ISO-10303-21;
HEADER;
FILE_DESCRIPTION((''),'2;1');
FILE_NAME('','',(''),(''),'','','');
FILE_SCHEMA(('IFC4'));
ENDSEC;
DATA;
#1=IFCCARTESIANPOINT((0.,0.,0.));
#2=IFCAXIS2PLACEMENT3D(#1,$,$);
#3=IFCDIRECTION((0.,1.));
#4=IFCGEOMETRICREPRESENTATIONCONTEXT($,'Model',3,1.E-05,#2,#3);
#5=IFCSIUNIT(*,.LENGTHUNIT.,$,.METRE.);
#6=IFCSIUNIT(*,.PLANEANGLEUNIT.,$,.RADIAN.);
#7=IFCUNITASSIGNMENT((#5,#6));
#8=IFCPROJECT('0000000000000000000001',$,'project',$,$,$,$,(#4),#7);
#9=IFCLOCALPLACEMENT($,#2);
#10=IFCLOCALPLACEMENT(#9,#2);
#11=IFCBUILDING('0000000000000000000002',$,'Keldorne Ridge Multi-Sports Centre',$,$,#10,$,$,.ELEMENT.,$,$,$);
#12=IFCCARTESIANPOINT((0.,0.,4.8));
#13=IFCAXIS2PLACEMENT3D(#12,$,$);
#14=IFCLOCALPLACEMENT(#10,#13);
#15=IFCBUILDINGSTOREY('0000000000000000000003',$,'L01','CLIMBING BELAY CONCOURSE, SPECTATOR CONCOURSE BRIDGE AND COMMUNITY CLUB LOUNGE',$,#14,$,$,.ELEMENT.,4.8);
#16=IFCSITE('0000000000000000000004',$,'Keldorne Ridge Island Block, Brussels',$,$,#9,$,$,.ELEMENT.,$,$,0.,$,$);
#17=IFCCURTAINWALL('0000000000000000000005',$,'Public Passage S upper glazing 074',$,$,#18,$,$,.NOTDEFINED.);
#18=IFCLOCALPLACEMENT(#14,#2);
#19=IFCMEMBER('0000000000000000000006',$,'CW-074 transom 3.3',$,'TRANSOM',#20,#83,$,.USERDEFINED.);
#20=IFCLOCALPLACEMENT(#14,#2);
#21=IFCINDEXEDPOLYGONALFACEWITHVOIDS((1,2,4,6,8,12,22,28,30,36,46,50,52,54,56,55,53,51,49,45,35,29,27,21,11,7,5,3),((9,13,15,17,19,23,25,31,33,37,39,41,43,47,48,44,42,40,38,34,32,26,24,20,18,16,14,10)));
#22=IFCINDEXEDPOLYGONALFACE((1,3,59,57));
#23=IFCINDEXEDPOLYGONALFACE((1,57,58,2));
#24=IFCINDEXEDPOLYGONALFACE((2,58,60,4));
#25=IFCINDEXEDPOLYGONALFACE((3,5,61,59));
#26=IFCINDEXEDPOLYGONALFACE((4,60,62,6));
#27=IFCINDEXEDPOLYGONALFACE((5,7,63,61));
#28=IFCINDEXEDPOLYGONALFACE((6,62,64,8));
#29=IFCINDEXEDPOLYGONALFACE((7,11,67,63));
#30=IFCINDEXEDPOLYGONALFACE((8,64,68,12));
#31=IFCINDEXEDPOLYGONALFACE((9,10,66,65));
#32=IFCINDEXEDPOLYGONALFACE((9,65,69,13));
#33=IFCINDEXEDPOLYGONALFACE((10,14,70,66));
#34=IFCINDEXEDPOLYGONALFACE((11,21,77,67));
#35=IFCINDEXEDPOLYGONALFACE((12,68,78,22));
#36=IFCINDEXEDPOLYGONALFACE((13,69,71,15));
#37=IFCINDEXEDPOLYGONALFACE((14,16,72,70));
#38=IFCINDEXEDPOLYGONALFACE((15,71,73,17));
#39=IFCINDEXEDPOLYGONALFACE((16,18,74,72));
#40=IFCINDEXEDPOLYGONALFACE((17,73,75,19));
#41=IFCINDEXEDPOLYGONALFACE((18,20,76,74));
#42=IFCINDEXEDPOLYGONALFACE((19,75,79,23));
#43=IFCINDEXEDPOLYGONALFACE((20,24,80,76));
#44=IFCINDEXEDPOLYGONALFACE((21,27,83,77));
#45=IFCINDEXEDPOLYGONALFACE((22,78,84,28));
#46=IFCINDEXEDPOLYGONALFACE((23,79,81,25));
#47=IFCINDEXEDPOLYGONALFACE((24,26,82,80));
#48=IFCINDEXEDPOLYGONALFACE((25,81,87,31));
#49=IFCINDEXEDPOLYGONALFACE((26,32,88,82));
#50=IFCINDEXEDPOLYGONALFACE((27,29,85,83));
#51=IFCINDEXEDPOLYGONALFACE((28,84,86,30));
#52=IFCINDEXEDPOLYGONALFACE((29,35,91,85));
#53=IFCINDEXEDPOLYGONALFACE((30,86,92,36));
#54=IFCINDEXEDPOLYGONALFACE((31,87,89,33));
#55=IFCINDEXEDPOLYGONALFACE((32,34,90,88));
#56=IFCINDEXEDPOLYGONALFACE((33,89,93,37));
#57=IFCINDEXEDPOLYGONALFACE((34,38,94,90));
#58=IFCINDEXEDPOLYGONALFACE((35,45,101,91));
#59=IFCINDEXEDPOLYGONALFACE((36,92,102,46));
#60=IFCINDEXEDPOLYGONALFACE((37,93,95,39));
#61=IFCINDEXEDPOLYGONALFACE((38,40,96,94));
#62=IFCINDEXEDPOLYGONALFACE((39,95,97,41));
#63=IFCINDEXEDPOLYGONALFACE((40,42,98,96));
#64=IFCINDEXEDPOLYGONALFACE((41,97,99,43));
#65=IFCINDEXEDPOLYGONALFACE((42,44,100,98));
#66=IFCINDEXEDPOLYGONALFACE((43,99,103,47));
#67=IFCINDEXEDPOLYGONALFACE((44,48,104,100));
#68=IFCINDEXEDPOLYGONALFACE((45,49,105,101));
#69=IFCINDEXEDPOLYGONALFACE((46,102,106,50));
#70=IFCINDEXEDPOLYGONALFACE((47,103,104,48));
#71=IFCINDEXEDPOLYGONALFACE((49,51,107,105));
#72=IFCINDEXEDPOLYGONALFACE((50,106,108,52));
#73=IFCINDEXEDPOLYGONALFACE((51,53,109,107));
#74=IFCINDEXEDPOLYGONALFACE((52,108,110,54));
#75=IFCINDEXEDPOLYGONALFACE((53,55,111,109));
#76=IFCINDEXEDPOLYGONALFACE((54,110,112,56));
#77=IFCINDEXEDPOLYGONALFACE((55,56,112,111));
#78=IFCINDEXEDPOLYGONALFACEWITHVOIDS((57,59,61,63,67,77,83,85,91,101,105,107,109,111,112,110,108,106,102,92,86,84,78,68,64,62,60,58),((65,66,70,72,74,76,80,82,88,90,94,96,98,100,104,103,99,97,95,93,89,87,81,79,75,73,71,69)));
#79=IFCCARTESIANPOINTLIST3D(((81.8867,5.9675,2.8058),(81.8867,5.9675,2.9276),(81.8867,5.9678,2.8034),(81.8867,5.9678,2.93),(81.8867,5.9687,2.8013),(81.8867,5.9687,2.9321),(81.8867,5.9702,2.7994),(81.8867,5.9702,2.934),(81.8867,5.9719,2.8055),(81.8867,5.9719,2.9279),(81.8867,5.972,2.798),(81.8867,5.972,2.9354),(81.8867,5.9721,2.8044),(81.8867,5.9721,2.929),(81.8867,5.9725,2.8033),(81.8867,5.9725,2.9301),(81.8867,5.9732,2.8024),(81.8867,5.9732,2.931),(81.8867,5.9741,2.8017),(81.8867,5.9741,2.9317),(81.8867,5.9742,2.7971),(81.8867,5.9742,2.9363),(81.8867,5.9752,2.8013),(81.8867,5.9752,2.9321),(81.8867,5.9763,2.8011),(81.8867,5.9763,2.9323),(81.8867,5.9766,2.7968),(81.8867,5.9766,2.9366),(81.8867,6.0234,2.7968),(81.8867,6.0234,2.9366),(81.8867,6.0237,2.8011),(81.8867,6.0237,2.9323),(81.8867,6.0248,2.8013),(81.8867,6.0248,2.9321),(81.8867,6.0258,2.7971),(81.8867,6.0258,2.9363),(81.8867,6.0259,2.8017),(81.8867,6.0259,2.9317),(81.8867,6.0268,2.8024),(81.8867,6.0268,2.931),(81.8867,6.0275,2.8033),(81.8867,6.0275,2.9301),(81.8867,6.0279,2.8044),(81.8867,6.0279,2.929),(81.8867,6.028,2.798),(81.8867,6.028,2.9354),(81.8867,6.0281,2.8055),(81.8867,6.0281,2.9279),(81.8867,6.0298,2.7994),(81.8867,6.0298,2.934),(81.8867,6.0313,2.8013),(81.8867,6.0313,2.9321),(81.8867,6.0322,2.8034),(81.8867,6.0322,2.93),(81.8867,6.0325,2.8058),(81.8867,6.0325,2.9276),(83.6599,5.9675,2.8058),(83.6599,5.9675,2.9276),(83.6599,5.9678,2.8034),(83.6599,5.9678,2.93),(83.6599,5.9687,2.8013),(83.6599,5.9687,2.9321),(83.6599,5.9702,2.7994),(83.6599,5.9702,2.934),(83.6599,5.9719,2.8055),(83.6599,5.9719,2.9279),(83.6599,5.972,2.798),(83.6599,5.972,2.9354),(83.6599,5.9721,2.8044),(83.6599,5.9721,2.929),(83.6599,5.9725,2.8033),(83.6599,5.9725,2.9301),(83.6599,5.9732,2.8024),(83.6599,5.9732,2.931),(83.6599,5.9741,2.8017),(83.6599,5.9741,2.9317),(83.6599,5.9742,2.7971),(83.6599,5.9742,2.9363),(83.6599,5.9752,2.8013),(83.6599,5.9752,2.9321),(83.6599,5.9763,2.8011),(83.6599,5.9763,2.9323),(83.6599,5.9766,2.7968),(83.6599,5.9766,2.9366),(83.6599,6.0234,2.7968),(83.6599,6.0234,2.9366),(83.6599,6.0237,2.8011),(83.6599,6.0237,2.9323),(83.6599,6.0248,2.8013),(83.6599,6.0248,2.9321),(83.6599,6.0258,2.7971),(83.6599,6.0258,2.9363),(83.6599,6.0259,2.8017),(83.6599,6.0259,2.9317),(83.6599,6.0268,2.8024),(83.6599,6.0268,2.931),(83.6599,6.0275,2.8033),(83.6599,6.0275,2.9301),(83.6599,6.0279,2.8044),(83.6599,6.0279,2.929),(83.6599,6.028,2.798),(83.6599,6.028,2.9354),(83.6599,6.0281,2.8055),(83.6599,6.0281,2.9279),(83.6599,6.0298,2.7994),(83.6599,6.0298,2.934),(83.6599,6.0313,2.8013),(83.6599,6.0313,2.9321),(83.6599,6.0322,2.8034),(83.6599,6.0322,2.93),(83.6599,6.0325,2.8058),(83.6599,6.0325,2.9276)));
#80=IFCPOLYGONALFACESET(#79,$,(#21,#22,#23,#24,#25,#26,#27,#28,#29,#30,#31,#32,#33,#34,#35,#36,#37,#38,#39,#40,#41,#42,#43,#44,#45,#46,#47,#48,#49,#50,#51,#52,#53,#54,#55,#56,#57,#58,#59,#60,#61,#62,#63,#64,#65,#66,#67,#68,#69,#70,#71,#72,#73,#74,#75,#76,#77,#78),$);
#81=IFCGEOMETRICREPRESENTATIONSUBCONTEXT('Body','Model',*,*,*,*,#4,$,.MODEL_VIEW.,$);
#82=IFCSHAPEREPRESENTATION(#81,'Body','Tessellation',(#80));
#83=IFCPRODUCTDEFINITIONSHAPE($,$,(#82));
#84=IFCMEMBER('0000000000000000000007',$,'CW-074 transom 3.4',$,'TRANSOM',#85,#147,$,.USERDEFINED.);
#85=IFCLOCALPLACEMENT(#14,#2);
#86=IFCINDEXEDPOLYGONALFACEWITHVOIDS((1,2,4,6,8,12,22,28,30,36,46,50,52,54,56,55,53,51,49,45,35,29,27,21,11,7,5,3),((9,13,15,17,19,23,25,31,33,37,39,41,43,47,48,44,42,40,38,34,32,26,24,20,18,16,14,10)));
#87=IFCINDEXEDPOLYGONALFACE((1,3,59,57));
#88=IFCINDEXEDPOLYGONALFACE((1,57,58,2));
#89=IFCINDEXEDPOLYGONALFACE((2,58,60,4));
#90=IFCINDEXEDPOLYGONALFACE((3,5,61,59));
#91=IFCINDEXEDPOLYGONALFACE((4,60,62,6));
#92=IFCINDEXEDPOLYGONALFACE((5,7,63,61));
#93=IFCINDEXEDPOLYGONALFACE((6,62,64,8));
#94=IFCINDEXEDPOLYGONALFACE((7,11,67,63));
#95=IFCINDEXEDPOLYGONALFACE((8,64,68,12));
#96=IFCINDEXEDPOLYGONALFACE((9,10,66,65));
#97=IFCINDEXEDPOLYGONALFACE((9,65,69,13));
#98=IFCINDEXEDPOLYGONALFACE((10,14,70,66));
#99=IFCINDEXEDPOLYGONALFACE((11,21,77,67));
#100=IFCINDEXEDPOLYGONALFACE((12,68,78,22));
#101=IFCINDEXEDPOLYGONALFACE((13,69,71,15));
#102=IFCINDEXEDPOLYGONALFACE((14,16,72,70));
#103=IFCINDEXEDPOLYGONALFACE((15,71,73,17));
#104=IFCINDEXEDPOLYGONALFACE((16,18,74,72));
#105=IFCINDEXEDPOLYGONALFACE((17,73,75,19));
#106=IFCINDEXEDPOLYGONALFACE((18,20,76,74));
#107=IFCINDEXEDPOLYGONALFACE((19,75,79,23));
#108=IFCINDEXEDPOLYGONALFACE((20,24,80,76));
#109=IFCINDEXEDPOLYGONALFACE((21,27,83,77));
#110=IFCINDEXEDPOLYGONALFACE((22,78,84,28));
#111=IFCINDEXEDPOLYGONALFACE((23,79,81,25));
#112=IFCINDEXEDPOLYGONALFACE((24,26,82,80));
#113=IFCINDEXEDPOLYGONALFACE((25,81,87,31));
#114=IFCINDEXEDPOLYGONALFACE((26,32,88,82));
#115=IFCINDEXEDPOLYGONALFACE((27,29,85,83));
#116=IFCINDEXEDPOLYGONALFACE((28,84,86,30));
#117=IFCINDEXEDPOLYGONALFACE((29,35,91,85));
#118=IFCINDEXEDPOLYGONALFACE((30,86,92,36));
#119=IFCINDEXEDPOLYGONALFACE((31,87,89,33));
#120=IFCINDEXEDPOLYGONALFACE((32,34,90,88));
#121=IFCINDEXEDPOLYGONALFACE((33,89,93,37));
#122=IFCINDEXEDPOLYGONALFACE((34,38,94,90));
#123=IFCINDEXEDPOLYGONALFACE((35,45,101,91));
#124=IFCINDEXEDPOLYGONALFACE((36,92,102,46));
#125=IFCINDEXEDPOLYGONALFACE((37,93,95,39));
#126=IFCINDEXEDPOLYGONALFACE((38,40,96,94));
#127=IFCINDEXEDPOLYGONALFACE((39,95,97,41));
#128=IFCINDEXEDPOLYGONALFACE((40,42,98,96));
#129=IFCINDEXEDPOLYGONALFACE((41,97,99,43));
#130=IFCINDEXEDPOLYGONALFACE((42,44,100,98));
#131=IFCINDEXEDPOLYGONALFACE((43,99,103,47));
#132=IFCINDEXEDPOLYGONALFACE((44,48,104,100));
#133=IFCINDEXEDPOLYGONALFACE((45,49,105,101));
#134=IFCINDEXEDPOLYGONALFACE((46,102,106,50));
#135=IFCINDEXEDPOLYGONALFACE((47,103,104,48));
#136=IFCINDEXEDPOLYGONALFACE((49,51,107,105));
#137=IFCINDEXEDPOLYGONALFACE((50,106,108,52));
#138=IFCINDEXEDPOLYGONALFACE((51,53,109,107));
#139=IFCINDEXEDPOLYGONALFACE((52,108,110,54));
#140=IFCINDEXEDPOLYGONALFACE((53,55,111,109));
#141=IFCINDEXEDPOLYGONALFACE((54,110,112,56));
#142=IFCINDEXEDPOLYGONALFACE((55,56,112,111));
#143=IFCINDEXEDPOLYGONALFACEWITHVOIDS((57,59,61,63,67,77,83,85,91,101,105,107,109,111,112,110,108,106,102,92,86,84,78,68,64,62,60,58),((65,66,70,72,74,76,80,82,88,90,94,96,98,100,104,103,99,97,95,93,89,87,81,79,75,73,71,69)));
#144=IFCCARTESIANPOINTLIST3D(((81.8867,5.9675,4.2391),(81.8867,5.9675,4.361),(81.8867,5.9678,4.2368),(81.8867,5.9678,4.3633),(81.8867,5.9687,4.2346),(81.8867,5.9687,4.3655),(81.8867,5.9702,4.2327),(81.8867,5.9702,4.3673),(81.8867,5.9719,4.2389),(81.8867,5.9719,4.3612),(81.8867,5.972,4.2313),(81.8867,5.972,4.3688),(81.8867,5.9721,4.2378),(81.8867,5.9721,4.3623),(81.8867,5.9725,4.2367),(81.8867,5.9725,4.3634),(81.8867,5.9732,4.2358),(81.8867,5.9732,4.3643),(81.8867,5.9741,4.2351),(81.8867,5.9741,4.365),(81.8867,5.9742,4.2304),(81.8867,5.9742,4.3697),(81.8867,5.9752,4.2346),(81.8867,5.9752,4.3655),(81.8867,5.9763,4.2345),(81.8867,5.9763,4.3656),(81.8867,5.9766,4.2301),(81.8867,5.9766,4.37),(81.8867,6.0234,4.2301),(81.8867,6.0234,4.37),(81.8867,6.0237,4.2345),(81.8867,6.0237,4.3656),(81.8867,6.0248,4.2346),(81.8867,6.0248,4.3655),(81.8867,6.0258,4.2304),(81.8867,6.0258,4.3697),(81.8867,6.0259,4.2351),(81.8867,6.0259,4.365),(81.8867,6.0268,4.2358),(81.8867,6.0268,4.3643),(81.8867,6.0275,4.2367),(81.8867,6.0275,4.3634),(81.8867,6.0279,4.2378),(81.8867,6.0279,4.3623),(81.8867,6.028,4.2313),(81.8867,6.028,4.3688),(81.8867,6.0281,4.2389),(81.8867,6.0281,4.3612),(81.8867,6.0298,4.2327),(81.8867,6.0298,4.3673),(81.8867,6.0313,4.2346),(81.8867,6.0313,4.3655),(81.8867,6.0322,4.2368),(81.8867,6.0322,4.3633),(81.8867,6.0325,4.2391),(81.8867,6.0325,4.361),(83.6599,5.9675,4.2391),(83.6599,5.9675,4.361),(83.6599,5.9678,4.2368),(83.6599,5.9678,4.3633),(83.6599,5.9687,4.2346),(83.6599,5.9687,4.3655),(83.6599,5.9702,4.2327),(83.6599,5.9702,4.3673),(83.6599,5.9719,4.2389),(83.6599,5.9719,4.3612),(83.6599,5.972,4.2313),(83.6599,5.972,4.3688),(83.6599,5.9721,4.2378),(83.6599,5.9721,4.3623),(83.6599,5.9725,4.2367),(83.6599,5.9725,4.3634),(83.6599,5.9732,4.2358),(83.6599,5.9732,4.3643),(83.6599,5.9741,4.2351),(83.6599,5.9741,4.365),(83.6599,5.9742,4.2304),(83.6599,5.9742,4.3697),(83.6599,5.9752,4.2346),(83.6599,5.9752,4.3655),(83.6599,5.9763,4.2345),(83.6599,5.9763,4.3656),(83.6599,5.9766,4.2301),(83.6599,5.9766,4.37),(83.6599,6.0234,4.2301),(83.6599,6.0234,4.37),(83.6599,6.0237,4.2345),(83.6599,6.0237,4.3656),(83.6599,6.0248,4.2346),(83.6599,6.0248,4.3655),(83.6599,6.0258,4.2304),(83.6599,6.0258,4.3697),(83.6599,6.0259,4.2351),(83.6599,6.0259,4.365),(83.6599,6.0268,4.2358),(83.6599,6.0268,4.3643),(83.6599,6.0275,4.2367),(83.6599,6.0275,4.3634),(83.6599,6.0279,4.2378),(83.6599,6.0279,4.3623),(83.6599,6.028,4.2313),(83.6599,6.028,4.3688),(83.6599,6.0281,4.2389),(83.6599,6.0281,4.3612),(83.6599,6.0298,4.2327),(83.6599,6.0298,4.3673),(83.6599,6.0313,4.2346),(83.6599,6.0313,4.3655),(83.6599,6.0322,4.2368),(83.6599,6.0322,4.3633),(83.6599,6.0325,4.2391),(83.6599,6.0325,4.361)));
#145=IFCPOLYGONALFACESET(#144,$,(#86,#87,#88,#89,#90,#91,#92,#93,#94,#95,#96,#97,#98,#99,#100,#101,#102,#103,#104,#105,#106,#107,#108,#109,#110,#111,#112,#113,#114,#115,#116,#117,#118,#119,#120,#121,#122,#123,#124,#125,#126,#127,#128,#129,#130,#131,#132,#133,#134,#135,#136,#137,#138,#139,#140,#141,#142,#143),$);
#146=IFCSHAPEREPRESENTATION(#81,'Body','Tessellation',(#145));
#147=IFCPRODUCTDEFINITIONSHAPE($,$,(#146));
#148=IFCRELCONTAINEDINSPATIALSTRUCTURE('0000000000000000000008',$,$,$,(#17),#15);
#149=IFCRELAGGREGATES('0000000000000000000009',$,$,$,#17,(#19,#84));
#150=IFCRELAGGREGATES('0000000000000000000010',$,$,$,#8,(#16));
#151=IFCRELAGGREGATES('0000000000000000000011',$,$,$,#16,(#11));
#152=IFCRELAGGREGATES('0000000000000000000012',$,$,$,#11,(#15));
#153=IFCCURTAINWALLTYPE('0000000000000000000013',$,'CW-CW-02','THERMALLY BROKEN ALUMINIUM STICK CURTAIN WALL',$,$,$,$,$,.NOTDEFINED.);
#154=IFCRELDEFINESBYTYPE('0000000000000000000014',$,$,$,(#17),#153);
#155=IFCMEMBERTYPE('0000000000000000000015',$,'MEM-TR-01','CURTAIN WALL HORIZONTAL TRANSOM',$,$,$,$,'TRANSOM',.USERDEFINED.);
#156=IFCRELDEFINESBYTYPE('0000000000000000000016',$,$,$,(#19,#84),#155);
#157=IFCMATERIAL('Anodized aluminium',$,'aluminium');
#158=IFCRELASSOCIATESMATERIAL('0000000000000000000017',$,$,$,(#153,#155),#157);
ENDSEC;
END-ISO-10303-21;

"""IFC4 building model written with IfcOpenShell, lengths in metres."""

from ifc_helpers import new_model, si_unit, direction, frame, origin, origin_2d, place, context, subcontext, project, spatial, hollow_rectangle, extrude, material, material_profile, profile_set, type_object, element, aggregate, save


model = new_model("IFC4")

# Units and contexts
model_context = context("Model", 3, precision=1e-05, world=origin(), true_north=direction((0.0, 1.0)))
body_context = subcontext(model_context, "Body", "Model", "MODEL_VIEW")
ifc_project = project(units=[si_unit("LENGTHUNIT", "METRE"), si_unit("PLANEANGLEUNIT", "RADIAN")], contexts=[model_context])

# Site, building, storey
site_placement = place(None, origin())
site = spatial("IfcSite", under=ifc_project, at=site_placement, Name="Keldorne Ridge Island Block, Brussels", CompositionType="ELEMENT", RefElevation=0.0)
building_placement = place(site_placement, origin())
building = spatial("IfcBuilding", under=site, at=building_placement, Name="Keldorne Ridge Multi-Sports Centre", CompositionType="ELEMENT")
storey_placement = place(building_placement, frame((0.0, 0.0, 4.8)))
storey = spatial("IfcBuildingStorey", under=building, at=storey_placement, Name="L01", Description="CLIMBING BELAY CONCOURSE, SPECTATOR CONCOURSE BRIDGE AND COMMUNITY CLUB LOUNGE", CompositionType="ELEMENT", Elevation=4.8)

# Curtain wall
ifc_material_1 = material(Name="Anodized aluminium", Category="aluminium")
curtain_wall_type_1 = type_object("IfcCurtainWallType", Name="CW-CW-02", Description="THERMALLY BROKEN ALUMINIUM STICK CURTAIN WALL", PredefinedType="NOTDEFINED", material=ifc_material_1)
curtain_wall_1_placement = place(storey_placement, origin())
curtain_wall_1 = element("IfcCurtainWall", 1, at=curtain_wall_1_placement, inside=storey, type_object=curtain_wall_type_1, Name="Public Passage S upper glazing 074", PredefinedType="NOTDEFINED")

# Members
ifc_material_profile_1 = material_profile(ifc_material_1, hollow_rectangle(XDim=0.0649, YDim=0.1399, WallThickness=0.0044, InnerFilletRadius=0.0044, OuterFilletRadius=0.009, at=origin_2d()), Name="ALU TRANSOM 140x65x4.5")
ifc_profile_set_1 = profile_set([ifc_material_profile_1], Name="Anodized aluminium")
member_type_1 = type_object("IfcMemberType", Name="MEM-TR-01", Description="CURTAIN WALL HORIZONTAL TRANSOM", ElementType="TRANSOM", PredefinedType="USERDEFINED", material=ifc_profile_set_1)
member_1_placement = place(storey_placement, frame((81.8867, 6.0, 2.8667), z_axis=(1.0, 0.0, 0.0), x_axis=(0.0, 1.0, 0.0)))
member_1 = element("IfcMember", 2, at=member_1_placement, type_object=member_type_1, Name="CW-074 transom 3.3", ObjectType="TRANSOM", PredefinedType="USERDEFINED", context=body_context, shape_type="SweptSolid", body=[
    extrude(hollow_rectangle(XDim=0.0649, YDim=0.1399, WallThickness=0.0044, InnerFilletRadius=0.0044, OuterFilletRadius=0.009, at=origin_2d()), origin(), (0.0, 0.0, 1.0), 1.7732),
])
member_2_placement = place(storey_placement, frame((81.8867, 6.0, 4.3), z_axis=(1.0, 0.0, 0.0), x_axis=(0.0, 1.0, 0.0)))
member_2 = element("IfcMember", 3, at=member_2_placement, type_object=member_type_1, Name="CW-074 transom 3.4", ObjectType="TRANSOM", PredefinedType="USERDEFINED", context=body_context, shape_type="SweptSolid", body=[
    extrude(hollow_rectangle(XDim=0.0649, YDim=0.1399, WallThickness=0.0044, InnerFilletRadius=0.0044, OuterFilletRadius=0.009, at=origin_2d()), origin(), (0.0, 0.0, 1.0), 1.7732),
])

aggregate(curtain_wall_1, [member_1, member_2])

save(model, "model.ifc")
